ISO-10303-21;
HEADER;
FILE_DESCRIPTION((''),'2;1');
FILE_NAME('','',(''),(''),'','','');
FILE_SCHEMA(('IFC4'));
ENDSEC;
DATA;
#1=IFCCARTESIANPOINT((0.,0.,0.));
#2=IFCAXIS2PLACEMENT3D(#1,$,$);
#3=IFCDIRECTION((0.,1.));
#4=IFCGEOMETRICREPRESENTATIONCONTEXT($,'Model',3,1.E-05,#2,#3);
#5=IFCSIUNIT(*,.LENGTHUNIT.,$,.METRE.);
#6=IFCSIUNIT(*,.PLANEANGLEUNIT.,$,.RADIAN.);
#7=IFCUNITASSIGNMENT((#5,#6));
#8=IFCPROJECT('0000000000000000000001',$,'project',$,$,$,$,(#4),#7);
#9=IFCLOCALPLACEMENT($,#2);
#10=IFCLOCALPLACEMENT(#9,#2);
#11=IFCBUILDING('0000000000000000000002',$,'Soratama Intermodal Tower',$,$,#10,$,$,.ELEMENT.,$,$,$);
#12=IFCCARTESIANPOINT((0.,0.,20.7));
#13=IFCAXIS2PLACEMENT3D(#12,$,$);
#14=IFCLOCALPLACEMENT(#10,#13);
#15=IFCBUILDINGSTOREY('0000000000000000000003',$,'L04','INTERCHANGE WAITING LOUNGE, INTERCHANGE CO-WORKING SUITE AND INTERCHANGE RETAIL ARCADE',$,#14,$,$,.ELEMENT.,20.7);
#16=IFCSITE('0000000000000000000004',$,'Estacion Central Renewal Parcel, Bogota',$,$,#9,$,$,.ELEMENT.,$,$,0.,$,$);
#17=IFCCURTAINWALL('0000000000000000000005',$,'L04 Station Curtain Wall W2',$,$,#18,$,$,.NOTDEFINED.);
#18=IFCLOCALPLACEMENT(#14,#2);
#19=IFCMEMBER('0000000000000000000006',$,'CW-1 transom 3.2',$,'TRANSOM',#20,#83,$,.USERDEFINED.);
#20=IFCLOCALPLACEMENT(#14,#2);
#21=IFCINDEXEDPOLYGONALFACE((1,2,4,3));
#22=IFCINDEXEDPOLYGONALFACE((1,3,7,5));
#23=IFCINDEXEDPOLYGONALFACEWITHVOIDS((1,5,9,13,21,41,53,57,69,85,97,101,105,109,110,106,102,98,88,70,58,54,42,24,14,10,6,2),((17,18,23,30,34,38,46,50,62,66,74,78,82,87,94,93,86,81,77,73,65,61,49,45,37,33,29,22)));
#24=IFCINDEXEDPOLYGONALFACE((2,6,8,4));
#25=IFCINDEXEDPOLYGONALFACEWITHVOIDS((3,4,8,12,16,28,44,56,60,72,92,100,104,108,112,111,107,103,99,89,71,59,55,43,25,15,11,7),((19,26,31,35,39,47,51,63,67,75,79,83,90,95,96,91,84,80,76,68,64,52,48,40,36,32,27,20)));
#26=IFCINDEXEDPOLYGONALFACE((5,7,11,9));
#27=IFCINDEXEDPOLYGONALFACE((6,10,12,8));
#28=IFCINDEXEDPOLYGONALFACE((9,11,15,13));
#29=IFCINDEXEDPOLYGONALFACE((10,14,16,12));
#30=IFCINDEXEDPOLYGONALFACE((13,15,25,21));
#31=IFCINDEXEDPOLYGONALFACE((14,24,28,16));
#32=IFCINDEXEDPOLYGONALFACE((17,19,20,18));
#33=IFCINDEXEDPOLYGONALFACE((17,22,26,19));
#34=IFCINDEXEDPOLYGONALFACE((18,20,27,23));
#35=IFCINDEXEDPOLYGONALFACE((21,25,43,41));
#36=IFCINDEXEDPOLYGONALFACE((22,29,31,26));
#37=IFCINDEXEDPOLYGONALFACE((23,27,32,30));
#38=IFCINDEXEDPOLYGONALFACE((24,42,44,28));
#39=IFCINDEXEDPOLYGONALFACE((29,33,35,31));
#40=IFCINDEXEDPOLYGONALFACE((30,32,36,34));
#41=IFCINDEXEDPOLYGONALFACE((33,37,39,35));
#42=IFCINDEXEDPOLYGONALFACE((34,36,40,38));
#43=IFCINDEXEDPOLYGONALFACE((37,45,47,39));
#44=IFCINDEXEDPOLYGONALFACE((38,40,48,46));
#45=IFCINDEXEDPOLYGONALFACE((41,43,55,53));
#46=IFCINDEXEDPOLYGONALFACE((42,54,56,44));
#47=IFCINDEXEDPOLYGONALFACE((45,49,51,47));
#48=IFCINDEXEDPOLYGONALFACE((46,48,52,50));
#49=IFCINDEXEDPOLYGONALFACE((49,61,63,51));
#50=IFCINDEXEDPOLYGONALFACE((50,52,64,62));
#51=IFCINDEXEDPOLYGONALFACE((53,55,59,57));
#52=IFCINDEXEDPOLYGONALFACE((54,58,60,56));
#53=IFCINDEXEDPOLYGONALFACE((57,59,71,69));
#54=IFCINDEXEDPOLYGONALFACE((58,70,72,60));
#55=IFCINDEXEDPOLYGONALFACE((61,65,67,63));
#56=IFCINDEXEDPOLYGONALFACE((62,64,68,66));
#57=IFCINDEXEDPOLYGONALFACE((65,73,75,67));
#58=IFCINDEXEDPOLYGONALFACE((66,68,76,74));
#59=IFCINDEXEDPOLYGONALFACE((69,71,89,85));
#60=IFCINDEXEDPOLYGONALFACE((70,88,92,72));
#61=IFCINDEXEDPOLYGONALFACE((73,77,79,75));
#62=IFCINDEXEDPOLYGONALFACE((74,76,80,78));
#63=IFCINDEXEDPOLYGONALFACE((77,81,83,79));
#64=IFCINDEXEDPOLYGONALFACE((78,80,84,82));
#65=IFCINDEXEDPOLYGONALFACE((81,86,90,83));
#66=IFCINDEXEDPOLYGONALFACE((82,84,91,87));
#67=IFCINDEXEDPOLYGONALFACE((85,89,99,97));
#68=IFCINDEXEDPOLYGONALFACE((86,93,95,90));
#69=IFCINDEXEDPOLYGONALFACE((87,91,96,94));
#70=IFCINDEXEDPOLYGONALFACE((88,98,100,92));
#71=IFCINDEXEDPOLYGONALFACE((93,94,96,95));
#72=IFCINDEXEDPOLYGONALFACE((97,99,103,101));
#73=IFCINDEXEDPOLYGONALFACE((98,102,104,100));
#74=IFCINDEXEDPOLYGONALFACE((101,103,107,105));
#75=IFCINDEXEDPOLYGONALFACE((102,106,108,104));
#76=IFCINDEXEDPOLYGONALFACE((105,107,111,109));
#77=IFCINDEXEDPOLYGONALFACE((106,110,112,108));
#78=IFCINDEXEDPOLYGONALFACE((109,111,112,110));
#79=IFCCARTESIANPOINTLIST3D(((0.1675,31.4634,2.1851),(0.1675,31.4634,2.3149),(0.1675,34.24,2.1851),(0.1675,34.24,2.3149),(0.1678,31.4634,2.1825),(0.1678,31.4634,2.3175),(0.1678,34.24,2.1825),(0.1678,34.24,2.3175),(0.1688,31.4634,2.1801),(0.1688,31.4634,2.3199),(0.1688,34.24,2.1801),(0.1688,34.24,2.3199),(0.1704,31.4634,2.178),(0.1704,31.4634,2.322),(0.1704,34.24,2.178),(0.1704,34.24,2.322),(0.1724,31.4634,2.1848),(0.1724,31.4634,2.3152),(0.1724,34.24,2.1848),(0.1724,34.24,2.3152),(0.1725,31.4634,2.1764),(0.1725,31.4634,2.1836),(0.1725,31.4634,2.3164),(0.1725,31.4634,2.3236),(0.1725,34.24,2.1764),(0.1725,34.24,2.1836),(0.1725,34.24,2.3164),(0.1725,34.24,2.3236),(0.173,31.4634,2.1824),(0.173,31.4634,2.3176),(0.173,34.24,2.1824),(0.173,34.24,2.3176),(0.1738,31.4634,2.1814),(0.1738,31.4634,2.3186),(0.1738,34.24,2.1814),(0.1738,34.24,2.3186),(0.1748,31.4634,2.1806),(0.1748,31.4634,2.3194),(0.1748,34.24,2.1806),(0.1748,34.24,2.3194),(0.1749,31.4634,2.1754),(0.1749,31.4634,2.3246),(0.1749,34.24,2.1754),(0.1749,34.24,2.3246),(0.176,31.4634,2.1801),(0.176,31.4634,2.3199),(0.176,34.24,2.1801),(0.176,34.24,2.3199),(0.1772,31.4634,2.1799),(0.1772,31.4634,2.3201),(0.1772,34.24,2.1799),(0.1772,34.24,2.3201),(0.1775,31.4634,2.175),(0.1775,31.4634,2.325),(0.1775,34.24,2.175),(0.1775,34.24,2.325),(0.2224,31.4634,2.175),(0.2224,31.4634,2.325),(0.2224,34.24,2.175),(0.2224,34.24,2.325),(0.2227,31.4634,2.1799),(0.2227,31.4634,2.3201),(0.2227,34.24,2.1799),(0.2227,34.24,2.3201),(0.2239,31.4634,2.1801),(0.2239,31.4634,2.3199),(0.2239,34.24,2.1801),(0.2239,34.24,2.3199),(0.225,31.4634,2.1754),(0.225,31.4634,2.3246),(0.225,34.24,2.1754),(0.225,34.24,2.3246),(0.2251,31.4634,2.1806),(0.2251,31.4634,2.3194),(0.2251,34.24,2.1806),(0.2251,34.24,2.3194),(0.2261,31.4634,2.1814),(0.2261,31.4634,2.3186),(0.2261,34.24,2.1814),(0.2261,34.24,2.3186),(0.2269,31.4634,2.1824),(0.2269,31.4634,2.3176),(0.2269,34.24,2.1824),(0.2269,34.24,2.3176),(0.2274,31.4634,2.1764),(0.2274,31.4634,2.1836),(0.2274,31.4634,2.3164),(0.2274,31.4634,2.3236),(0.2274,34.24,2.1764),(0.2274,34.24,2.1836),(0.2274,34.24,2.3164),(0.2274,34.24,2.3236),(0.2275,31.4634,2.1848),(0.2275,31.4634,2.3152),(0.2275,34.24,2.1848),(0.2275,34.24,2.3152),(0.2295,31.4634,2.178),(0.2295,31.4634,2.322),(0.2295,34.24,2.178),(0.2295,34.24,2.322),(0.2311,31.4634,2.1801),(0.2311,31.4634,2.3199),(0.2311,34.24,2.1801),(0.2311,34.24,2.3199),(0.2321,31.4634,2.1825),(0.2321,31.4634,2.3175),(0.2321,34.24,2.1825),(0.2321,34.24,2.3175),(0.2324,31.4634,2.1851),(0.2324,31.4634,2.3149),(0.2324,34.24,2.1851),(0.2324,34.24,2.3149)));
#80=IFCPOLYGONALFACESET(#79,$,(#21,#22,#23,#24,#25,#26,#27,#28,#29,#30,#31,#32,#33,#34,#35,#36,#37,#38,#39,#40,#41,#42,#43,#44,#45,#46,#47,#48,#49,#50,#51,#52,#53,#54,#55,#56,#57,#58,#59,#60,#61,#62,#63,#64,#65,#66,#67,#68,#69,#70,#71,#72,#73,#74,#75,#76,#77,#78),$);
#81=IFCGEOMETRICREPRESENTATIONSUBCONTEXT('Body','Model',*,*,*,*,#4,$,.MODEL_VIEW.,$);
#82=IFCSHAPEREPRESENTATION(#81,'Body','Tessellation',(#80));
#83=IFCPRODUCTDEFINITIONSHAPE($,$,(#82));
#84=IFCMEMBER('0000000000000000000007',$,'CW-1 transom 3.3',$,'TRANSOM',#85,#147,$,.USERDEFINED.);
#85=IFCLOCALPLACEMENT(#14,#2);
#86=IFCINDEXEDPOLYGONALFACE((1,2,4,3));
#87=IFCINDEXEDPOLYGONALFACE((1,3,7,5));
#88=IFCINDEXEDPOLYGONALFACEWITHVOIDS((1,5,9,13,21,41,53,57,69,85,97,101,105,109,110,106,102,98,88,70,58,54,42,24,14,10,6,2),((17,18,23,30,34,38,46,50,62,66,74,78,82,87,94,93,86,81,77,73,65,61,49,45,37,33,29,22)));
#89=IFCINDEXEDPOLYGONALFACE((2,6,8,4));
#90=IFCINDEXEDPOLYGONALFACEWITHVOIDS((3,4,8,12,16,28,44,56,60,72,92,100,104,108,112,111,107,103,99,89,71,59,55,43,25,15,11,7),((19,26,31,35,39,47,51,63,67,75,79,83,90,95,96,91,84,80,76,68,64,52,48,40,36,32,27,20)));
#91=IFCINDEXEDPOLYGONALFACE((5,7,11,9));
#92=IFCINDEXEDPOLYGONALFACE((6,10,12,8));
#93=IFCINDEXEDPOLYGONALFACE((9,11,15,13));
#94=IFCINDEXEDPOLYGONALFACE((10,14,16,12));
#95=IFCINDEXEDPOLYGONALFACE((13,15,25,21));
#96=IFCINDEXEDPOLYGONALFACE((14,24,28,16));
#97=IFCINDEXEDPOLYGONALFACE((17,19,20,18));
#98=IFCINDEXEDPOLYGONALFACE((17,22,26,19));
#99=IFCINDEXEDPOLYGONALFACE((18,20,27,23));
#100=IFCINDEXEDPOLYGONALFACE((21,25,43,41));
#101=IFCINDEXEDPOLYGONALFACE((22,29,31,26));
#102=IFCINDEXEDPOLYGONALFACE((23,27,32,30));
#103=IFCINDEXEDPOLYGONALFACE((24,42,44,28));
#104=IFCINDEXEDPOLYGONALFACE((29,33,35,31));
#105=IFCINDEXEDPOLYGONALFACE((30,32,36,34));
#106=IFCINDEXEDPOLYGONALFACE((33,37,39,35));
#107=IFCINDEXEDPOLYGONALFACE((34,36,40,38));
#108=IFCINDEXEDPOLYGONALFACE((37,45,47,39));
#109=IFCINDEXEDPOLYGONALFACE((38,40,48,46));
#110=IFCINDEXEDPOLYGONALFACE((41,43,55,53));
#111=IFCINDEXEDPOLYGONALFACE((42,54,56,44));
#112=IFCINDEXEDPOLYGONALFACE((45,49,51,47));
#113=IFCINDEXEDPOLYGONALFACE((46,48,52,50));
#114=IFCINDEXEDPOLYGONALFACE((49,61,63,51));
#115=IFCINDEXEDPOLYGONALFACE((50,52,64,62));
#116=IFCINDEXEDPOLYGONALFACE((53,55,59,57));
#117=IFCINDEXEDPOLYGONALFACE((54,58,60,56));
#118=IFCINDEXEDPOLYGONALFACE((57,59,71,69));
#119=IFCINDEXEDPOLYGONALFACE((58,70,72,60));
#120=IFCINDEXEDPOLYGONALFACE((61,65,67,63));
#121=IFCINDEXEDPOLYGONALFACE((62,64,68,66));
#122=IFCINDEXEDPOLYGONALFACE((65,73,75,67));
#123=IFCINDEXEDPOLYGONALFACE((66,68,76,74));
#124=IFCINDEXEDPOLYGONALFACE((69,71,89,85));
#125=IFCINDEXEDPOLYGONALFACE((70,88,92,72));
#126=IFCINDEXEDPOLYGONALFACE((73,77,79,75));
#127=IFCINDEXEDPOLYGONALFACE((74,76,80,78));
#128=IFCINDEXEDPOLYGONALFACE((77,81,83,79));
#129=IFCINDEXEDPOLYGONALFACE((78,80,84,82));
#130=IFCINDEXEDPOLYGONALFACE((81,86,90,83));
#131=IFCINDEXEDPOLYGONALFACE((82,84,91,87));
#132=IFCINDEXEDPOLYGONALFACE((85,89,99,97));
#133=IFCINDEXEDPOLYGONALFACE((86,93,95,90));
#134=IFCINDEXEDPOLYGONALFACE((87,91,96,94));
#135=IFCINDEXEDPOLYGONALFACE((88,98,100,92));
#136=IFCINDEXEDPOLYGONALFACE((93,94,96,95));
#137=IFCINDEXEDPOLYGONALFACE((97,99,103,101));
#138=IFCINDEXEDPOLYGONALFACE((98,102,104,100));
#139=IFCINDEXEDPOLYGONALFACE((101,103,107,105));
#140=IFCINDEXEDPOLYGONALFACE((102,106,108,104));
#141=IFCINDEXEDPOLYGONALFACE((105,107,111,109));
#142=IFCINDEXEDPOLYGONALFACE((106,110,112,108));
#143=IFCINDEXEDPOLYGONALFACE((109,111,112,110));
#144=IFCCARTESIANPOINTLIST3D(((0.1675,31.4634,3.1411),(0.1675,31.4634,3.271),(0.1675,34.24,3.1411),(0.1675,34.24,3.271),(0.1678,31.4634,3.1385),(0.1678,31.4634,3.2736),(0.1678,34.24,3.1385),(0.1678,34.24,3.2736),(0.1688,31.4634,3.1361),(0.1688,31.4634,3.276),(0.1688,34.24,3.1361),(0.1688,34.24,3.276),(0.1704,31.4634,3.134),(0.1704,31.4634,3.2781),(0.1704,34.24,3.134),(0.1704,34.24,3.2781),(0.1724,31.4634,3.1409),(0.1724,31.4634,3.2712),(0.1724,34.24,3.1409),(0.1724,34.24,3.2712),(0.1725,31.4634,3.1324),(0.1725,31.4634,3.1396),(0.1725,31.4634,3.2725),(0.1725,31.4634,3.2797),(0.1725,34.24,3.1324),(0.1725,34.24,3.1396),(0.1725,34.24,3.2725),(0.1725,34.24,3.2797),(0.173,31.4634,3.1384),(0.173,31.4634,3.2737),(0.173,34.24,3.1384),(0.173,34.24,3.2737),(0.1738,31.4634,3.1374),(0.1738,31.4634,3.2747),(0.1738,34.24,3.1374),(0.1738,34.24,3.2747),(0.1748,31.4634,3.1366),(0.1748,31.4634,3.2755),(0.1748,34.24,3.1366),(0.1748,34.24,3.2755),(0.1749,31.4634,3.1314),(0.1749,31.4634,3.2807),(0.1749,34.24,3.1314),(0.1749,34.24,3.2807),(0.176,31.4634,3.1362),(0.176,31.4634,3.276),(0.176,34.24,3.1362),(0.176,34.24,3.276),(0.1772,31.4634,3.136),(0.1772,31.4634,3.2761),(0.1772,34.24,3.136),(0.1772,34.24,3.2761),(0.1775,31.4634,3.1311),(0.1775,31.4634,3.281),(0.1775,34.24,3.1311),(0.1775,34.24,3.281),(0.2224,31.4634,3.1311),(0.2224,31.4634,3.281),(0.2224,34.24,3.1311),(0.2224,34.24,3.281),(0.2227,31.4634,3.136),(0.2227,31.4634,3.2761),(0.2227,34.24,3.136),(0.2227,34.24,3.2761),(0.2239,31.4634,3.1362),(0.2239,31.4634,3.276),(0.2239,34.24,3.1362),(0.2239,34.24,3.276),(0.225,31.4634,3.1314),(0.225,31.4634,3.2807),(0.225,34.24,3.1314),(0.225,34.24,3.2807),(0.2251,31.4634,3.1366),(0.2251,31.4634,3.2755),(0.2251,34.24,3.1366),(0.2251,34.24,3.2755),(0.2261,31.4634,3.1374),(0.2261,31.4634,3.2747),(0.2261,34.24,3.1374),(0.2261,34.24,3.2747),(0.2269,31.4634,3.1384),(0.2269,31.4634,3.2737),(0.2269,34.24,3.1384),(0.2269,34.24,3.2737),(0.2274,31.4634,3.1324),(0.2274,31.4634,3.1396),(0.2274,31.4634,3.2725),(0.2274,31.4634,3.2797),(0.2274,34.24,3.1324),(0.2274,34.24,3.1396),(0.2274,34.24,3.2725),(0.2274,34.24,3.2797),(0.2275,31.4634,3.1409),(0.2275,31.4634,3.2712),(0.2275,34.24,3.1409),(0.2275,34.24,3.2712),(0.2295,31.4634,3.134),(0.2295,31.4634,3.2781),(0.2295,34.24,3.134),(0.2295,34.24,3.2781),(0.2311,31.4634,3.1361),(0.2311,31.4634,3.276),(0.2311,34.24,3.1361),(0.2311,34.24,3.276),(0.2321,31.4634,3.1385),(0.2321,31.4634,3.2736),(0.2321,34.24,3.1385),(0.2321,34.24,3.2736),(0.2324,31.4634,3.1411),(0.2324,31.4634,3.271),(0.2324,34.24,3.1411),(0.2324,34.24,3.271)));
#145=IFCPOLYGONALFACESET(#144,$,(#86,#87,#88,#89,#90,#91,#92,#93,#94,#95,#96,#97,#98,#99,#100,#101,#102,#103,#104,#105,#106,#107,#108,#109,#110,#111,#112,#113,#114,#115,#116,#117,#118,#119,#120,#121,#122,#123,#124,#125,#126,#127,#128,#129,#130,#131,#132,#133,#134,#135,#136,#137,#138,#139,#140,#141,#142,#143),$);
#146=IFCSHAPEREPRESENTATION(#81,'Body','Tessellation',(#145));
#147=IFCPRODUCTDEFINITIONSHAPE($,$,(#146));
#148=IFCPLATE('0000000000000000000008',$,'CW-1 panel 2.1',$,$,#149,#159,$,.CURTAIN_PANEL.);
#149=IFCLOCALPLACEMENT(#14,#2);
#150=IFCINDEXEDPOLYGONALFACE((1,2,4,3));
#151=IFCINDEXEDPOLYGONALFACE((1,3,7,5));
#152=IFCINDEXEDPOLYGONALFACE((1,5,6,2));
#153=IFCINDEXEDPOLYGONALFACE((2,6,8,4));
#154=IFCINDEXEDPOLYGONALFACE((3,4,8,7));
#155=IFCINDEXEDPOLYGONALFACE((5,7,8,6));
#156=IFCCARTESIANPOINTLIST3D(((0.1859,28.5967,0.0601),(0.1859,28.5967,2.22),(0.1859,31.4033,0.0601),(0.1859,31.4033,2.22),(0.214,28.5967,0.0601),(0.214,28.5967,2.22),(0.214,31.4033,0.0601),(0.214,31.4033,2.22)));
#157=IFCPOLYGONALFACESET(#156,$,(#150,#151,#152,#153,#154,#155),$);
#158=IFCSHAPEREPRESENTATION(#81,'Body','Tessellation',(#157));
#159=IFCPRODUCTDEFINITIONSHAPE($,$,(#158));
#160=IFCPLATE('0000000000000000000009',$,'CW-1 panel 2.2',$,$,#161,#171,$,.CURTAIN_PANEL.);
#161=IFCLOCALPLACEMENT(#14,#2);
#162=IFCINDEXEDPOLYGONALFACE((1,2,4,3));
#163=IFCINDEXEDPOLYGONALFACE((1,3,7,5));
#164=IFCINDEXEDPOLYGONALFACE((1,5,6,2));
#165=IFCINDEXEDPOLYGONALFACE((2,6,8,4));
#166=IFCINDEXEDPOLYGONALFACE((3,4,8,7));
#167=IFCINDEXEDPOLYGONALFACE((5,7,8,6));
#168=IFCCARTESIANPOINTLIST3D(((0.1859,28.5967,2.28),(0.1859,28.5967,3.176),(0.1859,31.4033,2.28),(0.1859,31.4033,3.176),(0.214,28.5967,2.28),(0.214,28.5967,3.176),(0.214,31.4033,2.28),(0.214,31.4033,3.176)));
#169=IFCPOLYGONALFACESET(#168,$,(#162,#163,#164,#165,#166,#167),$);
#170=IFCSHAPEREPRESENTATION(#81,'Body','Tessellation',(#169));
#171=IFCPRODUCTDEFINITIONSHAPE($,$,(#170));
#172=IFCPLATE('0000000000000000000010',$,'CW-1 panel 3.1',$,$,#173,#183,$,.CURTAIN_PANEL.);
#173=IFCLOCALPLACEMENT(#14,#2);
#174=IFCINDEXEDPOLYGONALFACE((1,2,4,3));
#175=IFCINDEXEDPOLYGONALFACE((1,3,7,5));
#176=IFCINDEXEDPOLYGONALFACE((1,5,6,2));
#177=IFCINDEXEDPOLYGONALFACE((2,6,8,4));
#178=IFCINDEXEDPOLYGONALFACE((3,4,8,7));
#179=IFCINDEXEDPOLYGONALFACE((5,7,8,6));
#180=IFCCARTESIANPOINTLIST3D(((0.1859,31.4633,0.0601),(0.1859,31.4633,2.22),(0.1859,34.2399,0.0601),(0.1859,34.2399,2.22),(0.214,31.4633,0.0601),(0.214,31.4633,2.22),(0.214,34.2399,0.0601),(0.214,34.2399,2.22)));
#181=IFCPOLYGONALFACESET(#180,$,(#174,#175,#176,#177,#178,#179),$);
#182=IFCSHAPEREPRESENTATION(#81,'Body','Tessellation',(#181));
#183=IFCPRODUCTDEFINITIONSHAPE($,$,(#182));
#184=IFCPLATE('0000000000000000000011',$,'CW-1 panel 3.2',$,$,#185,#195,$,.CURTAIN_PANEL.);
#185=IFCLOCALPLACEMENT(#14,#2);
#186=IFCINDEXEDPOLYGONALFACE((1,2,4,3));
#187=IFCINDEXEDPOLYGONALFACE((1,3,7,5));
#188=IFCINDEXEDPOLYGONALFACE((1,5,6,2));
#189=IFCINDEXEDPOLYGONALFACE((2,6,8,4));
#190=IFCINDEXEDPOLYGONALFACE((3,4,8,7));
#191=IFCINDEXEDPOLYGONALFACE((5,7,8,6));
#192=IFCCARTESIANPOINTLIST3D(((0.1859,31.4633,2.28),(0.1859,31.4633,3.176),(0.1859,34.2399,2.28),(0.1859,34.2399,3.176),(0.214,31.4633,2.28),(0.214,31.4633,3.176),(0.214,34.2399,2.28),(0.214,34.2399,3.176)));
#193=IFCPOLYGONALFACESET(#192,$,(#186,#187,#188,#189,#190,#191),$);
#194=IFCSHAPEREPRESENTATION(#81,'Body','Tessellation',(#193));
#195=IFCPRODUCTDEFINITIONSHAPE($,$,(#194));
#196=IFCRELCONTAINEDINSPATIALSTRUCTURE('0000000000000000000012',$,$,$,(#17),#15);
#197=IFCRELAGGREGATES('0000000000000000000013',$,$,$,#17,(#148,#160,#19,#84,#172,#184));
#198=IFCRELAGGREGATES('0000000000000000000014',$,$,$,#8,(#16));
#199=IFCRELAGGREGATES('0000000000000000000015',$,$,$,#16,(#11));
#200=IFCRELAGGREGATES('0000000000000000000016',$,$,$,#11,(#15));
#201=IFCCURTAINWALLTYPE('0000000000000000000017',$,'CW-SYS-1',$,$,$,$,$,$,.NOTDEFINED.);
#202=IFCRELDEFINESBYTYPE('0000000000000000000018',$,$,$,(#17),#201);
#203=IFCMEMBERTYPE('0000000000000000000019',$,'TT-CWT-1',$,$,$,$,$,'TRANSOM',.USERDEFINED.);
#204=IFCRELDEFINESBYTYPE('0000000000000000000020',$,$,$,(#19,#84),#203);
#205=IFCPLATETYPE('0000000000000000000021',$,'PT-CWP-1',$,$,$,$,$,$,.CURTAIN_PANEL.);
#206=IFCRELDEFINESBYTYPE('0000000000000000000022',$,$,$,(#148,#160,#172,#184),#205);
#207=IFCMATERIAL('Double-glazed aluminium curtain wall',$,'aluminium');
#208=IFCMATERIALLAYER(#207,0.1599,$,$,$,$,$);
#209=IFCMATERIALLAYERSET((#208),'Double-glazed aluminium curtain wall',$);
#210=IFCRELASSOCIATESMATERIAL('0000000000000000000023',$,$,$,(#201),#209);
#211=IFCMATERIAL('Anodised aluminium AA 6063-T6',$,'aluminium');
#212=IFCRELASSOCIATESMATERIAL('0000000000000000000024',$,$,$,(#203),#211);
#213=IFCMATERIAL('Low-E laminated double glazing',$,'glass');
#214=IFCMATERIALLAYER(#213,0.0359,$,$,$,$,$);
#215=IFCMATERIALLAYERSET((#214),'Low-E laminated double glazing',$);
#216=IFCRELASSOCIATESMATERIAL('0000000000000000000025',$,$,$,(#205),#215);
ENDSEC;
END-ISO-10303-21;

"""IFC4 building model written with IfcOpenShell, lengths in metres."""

from ifc_helpers import new_model, si_unit, direction, frame, origin, origin_2d, place, context, subcontext, project, spatial, rectangle, hollow_rectangle, extrude, material, layer, layer_set, material_profile, profile_set, type_object, element, aggregate, save


model = new_model("IFC4")

# Units and contexts
model_context = context("Model", 3, precision=1e-05, world=origin(), true_north=direction((0.0, 1.0)))
body_context = subcontext(model_context, "Body", "Model", "MODEL_VIEW")
ifc_project = project(units=[si_unit("LENGTHUNIT", "METRE"), si_unit("PLANEANGLEUNIT", "RADIAN")], contexts=[model_context])

# Site, building, storey
site_placement = place(None, origin())
site = spatial("IfcSite", under=ifc_project, at=site_placement, Name="Estacion Central Renewal Parcel, Bogota", CompositionType="ELEMENT", RefElevation=0.0)
building_placement = place(site_placement, origin())
building = spatial("IfcBuilding", under=site, at=building_placement, Name="Soratama Intermodal Tower", CompositionType="ELEMENT")
storey_placement = place(building_placement, frame((0.0, 0.0, 20.7)))
storey = spatial("IfcBuildingStorey", under=building, at=storey_placement, Name="L04", Description="INTERCHANGE WAITING LOUNGE, INTERCHANGE CO-WORKING SUITE AND INTERCHANGE RETAIL ARCADE", CompositionType="ELEMENT", Elevation=20.7)

# Curtain wall, members, plates
ifc_material_1 = material(Name="Double-glazed aluminium curtain wall", Category="aluminium")
ifc_layer_1 = layer(ifc_material_1, 0.1599)
ifc_layer_set_1 = layer_set([ifc_layer_1], Name="Double-glazed aluminium curtain wall")
curtain_wall_type = type_object("IfcCurtainWallType", Name="CW-SYS-1", PredefinedType="NOTDEFINED", material=ifc_layer_set_1)
curtain_wall_placement = place(storey_placement, origin())
curtain_wall = element("IfcCurtainWall", 1, at=curtain_wall_placement, inside=storey, type_object=curtain_wall_type, Name="L04 Station Curtain Wall W2", PredefinedType="NOTDEFINED")
ifc_material_2 = material(Name="Anodised aluminium AA 6063-T6", Category="aluminium")
ifc_material_profile_1 = material_profile(ifc_material_2, hollow_rectangle(XDim=0.0649, YDim=0.1499, WallThickness=0.0049, InnerFilletRadius=0.0049, OuterFilletRadius=0.01, at=origin_2d()), Name="CWT150X65X5")
ifc_profile_set_1 = profile_set([ifc_material_profile_1], Name="Anodised aluminium AA 6063-T6")
member_type_1 = type_object("IfcMemberType", Name="TT-CWT-1", ElementType="TRANSOM", PredefinedType="USERDEFINED", material=ifc_profile_set_1)
member_1_placement = place(storey_placement, frame((0.2, 31.4634, 2.25), z_axis=(0.0, 1.0, 0.0), x_axis=(-1.0, 0.0, 0.0)))
member_1 = element("IfcMember", 2, at=member_1_placement, type_object=member_type_1, Name="CW-1 transom 3.2", ObjectType="TRANSOM", PredefinedType="USERDEFINED", context=body_context, shape_type="SweptSolid", body=[
    extrude(hollow_rectangle(XDim=0.0649, YDim=0.1499, WallThickness=0.0049, InnerFilletRadius=0.0049, OuterFilletRadius=0.01, at=origin_2d()), origin(), (0.0, 0.0, 1.0), 2.7766),
])
member_2_placement = place(storey_placement, frame((0.2, 31.4634, 3.2061), z_axis=(0.0, 1.0, 0.0), x_axis=(-1.0, 0.0, 0.0)))
member_2 = element("IfcMember", 3, at=member_2_placement, type_object=member_type_1, Name="CW-1 transom 3.3", ObjectType="TRANSOM", PredefinedType="USERDEFINED", context=body_context, shape_type="SweptSolid", body=[
    extrude(hollow_rectangle(XDim=0.0649, YDim=0.1499, WallThickness=0.0049, InnerFilletRadius=0.0049, OuterFilletRadius=0.01, at=origin_2d()), origin(), (0.0, 0.0, 1.0), 2.7766),
])
ifc_material_3 = material(Name="Low-E laminated double glazing", Category="glass")
ifc_layer_2 = layer(ifc_material_3, 0.0359)
ifc_layer_set_2 = layer_set([ifc_layer_2], Name="Low-E laminated double glazing")
plate_type = type_object("IfcPlateType", Name="PT-CWP-1", PredefinedType="CURTAIN_PANEL", material=ifc_layer_set_2)
plate_1_placement = place(storey_placement, frame((0.2, 30.0, 0.0601), z_axis=(0.0, 0.0, 1.0), x_axis=(0.0, 1.0, 0.0)))
plate_1 = element("IfcPlate", 4, at=plate_1_placement, type_object=plate_type, Name="CW-1 panel 2.1", PredefinedType="CURTAIN_PANEL", context=body_context, shape_type="SweptSolid", body=[
    extrude(rectangle(XDim=2.8066, YDim=0.0281, at=origin_2d()), origin(), (0.0, 0.0, 1.0), 2.1599),
])
plate_2_placement = place(storey_placement, frame((0.2, 30.0, 2.28), z_axis=(0.0, 0.0, 1.0), x_axis=(0.0, 1.0, 0.0)))
plate_2 = element("IfcPlate", 5, at=plate_2_placement, type_object=plate_type, Name="CW-1 panel 2.2", PredefinedType="CURTAIN_PANEL", context=body_context, shape_type="SweptSolid", body=[
    extrude(rectangle(XDim=2.8066, YDim=0.0281, at=origin_2d()), origin(), (0.0, 0.0, 1.0), 0.896),
])
plate_3_placement = place(storey_placement, frame((0.2, 32.8516, 0.0601), z_axis=(0.0, 0.0, 1.0), x_axis=(0.0, 1.0, 0.0)))
plate_3 = element("IfcPlate", 6, at=plate_3_placement, type_object=plate_type, Name="CW-1 panel 3.1", PredefinedType="CURTAIN_PANEL", context=body_context, shape_type="SweptSolid", body=[
    extrude(rectangle(XDim=2.7766, YDim=0.0281, at=origin_2d()), origin(), (0.0, 0.0, 1.0), 2.1599),
])
plate_4_placement = place(storey_placement, frame((0.2, 32.8516, 2.28), z_axis=(0.0, 0.0, 1.0), x_axis=(0.0, 1.0, 0.0)))
plate_4 = element("IfcPlate", 7, at=plate_4_placement, type_object=plate_type, Name="CW-1 panel 3.2", PredefinedType="CURTAIN_PANEL", context=body_context, shape_type="SweptSolid", body=[
    extrude(rectangle(XDim=2.7766, YDim=0.0281, at=origin_2d()), origin(), (0.0, 0.0, 1.0), 0.896),
])
aggregate(curtain_wall, [plate_1, plate_2, member_1, member_2, plate_3, plate_4])

save(model, "model.ifc")
